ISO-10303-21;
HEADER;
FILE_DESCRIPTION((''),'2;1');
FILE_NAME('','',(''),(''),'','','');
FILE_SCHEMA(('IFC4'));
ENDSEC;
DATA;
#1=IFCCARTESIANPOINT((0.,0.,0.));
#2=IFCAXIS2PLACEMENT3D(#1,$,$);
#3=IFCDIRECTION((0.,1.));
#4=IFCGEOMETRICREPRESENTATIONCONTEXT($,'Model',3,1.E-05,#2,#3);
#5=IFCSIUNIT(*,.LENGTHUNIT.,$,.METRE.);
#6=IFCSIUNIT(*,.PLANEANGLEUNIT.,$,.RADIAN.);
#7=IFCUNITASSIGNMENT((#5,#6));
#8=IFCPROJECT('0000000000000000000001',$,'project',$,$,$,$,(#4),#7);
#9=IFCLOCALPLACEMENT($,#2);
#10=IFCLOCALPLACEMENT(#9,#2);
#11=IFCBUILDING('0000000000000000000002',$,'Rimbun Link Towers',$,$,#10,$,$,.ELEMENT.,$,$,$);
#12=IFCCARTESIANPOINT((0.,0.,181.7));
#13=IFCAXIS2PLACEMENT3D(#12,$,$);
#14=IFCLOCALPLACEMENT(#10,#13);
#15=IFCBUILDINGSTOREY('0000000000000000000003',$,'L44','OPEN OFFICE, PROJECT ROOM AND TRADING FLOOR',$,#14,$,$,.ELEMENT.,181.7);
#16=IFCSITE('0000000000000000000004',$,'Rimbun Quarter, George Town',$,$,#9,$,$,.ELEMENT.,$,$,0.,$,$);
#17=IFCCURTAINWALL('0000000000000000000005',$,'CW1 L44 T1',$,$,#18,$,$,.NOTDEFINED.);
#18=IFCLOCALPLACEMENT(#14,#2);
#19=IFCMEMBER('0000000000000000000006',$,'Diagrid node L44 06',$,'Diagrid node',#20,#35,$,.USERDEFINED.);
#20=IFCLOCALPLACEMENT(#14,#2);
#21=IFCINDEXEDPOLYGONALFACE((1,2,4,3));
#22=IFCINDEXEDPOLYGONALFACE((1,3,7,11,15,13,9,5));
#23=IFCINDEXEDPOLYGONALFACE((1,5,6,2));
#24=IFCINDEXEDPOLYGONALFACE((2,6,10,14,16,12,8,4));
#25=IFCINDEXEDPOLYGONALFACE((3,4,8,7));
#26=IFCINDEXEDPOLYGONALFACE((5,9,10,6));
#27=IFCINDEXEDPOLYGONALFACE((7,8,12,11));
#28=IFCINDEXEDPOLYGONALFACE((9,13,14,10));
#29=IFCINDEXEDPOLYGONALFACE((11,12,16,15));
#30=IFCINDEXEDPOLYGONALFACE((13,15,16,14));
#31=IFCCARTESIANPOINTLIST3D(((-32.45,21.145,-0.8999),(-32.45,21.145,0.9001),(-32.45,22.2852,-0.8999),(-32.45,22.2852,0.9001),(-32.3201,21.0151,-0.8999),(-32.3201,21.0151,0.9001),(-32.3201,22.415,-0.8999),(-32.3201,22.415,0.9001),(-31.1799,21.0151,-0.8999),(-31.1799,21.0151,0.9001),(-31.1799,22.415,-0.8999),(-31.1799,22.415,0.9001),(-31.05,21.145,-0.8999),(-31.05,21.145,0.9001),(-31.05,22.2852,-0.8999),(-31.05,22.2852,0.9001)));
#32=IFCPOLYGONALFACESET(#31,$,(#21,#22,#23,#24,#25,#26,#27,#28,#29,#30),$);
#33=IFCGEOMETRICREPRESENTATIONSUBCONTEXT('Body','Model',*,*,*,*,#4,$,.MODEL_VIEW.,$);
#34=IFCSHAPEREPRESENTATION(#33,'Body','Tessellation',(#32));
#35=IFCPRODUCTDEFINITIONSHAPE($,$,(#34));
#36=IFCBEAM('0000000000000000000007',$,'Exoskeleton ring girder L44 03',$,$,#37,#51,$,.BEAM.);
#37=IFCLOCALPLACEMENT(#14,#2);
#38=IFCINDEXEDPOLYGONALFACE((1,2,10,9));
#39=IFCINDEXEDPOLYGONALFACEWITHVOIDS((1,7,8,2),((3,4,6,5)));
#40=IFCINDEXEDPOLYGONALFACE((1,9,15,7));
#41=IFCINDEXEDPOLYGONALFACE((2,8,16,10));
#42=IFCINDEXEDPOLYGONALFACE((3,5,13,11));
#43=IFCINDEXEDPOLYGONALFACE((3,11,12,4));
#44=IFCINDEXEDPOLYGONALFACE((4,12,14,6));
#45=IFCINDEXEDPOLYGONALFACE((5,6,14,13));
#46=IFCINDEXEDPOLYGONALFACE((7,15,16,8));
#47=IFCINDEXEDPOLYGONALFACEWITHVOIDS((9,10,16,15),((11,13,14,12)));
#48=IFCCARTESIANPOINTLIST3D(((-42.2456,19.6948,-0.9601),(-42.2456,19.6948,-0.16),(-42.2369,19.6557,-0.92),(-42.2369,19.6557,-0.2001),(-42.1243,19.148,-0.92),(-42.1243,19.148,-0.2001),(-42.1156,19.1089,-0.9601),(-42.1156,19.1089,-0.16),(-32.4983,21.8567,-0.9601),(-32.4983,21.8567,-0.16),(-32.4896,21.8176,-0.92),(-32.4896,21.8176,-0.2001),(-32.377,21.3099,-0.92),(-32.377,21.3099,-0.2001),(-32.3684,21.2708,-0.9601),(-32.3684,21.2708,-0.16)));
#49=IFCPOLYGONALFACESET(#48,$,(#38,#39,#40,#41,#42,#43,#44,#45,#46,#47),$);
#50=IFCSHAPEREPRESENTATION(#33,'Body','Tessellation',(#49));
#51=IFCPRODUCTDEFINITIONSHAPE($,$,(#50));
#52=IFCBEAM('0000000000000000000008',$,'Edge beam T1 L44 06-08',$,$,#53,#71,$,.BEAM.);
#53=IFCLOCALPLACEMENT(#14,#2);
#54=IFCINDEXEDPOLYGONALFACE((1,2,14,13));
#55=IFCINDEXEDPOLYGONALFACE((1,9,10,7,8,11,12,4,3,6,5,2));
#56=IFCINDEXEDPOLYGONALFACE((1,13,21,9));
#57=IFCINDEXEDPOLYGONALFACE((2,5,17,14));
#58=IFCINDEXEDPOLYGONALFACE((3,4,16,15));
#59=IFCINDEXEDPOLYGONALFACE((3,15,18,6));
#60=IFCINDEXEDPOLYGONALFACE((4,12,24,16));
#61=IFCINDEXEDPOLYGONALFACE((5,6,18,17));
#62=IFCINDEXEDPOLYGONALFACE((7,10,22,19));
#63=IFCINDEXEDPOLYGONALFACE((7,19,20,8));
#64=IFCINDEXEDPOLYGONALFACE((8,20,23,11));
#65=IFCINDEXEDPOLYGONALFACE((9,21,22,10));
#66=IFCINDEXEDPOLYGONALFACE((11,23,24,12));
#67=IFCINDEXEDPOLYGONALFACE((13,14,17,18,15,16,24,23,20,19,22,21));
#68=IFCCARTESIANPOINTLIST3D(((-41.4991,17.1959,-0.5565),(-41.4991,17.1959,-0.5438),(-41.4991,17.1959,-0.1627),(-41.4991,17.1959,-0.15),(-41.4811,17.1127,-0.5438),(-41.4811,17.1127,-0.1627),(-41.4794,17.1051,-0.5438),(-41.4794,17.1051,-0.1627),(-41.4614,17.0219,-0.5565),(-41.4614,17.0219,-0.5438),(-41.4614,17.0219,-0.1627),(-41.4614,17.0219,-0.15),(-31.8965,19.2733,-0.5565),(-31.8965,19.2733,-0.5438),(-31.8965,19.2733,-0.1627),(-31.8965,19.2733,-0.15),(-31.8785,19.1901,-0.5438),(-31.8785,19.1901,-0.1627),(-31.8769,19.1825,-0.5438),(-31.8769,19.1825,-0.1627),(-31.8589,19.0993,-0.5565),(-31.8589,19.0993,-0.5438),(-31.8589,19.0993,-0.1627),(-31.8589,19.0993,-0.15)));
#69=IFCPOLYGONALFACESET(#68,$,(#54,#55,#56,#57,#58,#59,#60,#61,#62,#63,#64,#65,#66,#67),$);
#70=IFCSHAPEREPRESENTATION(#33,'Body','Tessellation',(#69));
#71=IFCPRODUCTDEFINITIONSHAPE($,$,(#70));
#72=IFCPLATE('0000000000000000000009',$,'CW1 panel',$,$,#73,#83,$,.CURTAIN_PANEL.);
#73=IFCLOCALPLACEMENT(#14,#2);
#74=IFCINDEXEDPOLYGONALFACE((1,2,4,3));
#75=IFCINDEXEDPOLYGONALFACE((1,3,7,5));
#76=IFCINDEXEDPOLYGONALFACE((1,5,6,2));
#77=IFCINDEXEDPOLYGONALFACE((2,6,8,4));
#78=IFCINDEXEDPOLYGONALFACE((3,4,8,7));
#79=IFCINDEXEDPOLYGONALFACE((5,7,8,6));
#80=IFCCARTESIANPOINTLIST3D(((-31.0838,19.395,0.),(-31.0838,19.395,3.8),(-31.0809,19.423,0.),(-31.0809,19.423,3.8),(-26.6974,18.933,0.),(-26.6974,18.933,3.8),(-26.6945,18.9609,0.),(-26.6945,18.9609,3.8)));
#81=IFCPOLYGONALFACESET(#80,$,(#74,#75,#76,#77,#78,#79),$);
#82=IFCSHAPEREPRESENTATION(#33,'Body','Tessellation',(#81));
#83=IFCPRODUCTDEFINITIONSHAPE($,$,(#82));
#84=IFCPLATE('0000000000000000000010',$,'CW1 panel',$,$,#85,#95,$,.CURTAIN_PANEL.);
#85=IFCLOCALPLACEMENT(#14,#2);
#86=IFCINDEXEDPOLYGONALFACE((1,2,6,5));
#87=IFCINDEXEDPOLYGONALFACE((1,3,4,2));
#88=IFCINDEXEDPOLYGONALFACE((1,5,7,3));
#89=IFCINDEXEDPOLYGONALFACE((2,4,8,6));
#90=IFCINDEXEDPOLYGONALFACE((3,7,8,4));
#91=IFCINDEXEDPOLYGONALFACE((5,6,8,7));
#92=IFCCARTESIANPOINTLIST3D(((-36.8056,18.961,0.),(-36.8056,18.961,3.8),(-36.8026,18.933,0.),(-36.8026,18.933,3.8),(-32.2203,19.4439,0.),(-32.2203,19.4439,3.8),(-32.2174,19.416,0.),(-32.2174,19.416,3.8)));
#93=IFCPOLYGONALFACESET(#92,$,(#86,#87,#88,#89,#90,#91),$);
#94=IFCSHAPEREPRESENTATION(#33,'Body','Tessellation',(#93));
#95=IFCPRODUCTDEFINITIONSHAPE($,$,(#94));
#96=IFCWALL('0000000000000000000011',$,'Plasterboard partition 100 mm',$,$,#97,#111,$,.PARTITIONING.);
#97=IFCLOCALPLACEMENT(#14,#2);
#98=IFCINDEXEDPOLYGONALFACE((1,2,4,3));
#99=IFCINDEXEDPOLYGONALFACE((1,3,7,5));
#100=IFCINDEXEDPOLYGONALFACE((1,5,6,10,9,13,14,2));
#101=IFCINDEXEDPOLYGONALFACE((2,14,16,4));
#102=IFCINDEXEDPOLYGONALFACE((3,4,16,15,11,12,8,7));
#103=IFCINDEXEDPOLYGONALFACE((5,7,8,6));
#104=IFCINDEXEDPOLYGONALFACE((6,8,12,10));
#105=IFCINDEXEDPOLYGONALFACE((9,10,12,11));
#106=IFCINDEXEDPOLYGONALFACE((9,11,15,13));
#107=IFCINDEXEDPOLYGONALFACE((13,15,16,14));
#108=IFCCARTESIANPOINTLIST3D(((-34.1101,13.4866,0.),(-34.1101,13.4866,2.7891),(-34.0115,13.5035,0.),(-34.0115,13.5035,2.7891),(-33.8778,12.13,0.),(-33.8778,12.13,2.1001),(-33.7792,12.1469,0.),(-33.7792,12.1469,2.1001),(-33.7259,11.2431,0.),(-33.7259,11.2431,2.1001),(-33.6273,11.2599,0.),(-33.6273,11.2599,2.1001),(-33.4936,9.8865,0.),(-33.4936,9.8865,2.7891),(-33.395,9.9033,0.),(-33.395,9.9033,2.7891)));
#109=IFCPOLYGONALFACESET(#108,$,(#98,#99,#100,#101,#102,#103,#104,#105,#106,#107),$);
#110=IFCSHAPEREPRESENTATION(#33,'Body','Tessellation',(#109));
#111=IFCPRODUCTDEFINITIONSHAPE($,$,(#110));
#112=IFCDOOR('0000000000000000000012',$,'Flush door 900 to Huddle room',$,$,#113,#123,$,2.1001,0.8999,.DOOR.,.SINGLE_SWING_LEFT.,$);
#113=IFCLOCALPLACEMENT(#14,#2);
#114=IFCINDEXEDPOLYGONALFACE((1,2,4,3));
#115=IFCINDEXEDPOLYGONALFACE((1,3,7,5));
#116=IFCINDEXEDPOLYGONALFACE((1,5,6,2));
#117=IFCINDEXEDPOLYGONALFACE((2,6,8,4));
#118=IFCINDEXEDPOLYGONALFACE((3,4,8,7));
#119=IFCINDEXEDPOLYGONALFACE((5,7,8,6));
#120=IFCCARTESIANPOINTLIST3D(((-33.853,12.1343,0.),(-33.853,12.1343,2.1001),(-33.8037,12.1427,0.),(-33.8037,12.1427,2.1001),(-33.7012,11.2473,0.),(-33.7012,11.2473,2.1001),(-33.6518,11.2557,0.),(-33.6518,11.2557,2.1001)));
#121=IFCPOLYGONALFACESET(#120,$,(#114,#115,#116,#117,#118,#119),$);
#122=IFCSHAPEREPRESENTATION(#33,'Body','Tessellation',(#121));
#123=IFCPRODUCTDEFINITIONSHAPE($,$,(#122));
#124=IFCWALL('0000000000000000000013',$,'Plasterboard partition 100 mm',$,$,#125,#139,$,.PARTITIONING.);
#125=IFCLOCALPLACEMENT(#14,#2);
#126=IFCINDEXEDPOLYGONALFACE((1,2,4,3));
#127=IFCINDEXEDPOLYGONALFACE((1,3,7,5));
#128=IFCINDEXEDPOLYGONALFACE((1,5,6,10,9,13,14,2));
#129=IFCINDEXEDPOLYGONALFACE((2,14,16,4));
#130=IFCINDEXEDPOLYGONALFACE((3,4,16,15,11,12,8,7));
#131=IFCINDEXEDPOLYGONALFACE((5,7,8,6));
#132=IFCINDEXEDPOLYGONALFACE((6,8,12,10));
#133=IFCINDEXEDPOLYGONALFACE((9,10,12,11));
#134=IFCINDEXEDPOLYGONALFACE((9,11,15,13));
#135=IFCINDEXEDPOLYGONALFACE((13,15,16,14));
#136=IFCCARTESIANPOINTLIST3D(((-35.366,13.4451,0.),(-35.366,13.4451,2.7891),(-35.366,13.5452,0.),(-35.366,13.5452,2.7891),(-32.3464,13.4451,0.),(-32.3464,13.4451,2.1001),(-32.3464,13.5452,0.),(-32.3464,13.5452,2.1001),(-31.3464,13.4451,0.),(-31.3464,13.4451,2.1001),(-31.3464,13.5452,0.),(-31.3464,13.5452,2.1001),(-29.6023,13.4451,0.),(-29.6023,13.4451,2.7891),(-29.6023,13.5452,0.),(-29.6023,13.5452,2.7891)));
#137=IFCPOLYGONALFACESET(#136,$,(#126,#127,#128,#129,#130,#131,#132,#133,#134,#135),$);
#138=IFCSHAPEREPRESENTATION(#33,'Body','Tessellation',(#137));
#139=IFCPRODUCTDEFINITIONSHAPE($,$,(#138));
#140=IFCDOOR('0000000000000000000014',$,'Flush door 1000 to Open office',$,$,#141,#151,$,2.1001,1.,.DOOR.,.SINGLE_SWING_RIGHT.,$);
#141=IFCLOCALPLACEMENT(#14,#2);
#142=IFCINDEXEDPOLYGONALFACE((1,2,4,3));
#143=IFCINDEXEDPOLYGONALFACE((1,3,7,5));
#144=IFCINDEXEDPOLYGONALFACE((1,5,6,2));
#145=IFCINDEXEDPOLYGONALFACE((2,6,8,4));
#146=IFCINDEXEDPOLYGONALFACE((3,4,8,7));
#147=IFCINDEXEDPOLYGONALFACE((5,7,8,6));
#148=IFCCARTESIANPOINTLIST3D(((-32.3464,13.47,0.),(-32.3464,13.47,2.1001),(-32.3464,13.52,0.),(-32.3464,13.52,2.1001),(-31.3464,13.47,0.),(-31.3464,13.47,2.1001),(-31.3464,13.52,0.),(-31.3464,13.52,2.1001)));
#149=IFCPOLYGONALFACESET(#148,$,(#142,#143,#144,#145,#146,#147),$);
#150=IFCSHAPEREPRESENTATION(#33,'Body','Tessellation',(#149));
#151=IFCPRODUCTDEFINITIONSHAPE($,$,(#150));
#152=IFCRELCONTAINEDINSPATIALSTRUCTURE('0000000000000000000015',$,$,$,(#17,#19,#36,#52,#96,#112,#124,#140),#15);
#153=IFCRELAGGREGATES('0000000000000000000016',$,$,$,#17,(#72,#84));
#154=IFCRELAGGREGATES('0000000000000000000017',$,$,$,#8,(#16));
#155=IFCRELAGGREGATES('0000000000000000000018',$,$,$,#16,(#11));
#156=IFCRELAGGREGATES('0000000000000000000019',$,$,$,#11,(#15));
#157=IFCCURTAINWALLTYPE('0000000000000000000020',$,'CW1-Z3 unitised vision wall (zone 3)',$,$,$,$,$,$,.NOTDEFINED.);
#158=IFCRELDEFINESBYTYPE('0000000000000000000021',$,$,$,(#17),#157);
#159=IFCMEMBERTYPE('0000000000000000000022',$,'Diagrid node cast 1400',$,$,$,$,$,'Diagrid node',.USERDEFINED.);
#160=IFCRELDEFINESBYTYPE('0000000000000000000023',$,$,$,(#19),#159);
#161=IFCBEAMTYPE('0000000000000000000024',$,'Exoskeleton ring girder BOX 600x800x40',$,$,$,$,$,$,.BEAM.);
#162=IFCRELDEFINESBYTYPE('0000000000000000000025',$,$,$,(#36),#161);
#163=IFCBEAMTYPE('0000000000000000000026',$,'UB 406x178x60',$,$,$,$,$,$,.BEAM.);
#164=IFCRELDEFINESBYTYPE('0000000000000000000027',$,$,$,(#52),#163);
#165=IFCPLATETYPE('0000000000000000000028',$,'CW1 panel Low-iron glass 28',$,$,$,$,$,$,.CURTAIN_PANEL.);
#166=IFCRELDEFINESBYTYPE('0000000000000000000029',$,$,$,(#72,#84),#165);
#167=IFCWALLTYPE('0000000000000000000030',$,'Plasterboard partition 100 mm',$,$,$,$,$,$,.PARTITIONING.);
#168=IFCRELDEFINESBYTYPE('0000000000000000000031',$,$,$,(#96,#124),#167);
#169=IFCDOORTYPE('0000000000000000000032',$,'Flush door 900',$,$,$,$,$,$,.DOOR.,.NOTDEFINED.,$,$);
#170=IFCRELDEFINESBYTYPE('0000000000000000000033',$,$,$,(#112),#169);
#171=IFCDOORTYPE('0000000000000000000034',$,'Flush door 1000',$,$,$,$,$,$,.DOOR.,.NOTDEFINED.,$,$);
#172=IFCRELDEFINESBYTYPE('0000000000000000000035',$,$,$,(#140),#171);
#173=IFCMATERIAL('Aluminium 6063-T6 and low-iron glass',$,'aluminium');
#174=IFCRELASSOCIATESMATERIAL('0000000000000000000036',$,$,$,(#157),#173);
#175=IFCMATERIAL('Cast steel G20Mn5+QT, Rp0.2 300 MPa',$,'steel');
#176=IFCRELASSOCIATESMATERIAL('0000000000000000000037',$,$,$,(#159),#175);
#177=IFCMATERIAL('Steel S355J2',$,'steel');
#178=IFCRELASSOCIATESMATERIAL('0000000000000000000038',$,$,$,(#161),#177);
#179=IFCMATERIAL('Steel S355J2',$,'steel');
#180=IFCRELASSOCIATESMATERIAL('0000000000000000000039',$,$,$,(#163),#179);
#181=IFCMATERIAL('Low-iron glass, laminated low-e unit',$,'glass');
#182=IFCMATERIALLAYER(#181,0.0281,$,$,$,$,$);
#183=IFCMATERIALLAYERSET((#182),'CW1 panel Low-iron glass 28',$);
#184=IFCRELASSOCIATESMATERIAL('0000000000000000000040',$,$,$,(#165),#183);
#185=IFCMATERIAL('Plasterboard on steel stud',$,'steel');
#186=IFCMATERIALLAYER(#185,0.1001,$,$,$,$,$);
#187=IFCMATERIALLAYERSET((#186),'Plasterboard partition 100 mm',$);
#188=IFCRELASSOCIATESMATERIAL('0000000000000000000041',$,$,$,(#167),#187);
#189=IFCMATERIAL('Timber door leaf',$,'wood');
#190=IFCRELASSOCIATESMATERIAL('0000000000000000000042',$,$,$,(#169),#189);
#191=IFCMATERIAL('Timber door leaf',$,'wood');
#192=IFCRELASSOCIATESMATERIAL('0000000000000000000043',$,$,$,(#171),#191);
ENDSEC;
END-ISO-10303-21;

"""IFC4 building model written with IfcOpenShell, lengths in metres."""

from ifc_helpers import new_model, si_unit, direction, frame, frame_2d, origin, origin_2d, place, context, subcontext, project, spatial, polyline, rectangle, hollow_rectangle, i_section, outline, extrude, material, layer, layer_set, material_profile, profile_set, type_object, element, fill, aggregate, save


model = new_model("IFC4")

# Units and contexts
model_context = context("Model", 3, precision=1e-05, world=origin(), true_north=direction((0.0, 1.0)))
body_context = subcontext(model_context, "Body", "Model", "MODEL_VIEW")
ifc_project = project(units=[si_unit("LENGTHUNIT", "METRE"), si_unit("PLANEANGLEUNIT", "RADIAN")], contexts=[model_context])

# Site, building, storey
site_placement = place(None, origin())
site = spatial("IfcSite", under=ifc_project, at=site_placement, Name="Rimbun Quarter, George Town", CompositionType="ELEMENT", RefElevation=0.0)
building_placement = place(site_placement, origin())
building = spatial("IfcBuilding", under=site, at=building_placement, Name="Rimbun Link Towers", CompositionType="ELEMENT")
storey_placement = place(building_placement, frame((0.0, 0.0, 181.7)))
storey = spatial("IfcBuildingStorey", under=building, at=storey_placement, Name="L44", Description="OPEN OFFICE, PROJECT ROOM AND TRADING FLOOR", CompositionType="ELEMENT", Elevation=181.7)

# Curtain wall
ifc_material_1 = material(Name="Aluminium 6063-T6 and low-iron glass", Category="aluminium")
curtain_wall_type = type_object("IfcCurtainWallType", Name="CW1-Z3 unitised vision wall (zone 3)", PredefinedType="NOTDEFINED", material=ifc_material_1)
curtain_wall_placement = place(storey_placement, origin())
curtain_wall = element("IfcCurtainWall", 1, at=curtain_wall_placement, inside=storey, type_object=curtain_wall_type, Name="CW1 L44 T1", PredefinedType="NOTDEFINED")

# Member
ifc_material_2 = material(Name="Cast steel G20Mn5+QT, Rp0.2 300 MPa", Category="steel")
ifc_material_profile_1 = material_profile(ifc_material_2, outline(polyline([(0.7, -0.5701), (0.7, 0.5701), (0.5701, 0.7), (-0.5701, 0.7), (-0.7, 0.5701), (-0.7, -0.5701), (-0.5701, -0.7), (0.5701, -0.7), (0.7, -0.5701)])), Name="NODE 1400x1400")
ifc_profile_set_1 = profile_set([ifc_material_profile_1], Name="Cast steel G20Mn5+QT, Rp0.2 300 MPa")
member_type_1 = type_object("IfcMemberType", Name="Diagrid node cast 1400", ElementType="Diagrid node", PredefinedType="USERDEFINED", material=ifc_profile_set_1)
member_1_placement = place(storey_placement, frame((-31.75, 21.7151, -0.8999), z_axis=(0.0, 0.0, 1.0), x_axis=(0.0, 1.0, 0.0)))
element("IfcMember", 2, at=member_1_placement, inside=storey, type_object=member_type_1, Name="Diagrid node L44 06", ObjectType="Diagrid node", PredefinedType="USERDEFINED", context=body_context, shape_type="SweptSolid", body=[
    extrude(outline(polyline([(0.7, -0.5701), (0.7, 0.5701), (0.5701, 0.7), (-0.5701, 0.7), (-0.7, 0.5701), (-0.7, -0.5701), (-0.5701, -0.7), (0.5701, -0.7), (0.7, -0.5701)])), origin(), (0.0, 0.0, 1.0), 1.8),
])

# Beams
ifc_material_3 = material(Name="Steel S355J2", Category="steel")
ifc_material_profile_2 = material_profile(ifc_material_3, hollow_rectangle(XDim=0.6001, YDim=0.8, WallThickness=0.04, at=origin_2d()), Name="Exoskeleton ring girder BOX 600x800x40")
ifc_profile_set_2 = profile_set([ifc_material_profile_2], Name="Steel S355J2")
beam_type_1 = type_object("IfcBeamType", Name="Exoskeleton ring girder BOX 600x800x40", PredefinedType="BEAM", material=ifc_profile_set_2)
beam_1_placement = place(storey_placement, frame((-32.4333, 21.5637, -0.5601), z_axis=(-0.976276, -0.216529, 0.0), x_axis=(0.216529, -0.976276, 0.0)))
element("IfcBeam", 3, at=beam_1_placement, inside=storey, type_object=beam_type_1, Name="Exoskeleton ring girder L44 03", PredefinedType="BEAM", context=body_context, shape_type="SweptSolid", body=[
    extrude(hollow_rectangle(XDim=0.6001, YDim=0.8, WallThickness=0.04, at=origin_2d()), origin(), (0.0, 0.0, 1.0), 9.9841),
])
ifc_material_4 = material(Name="Steel S355J2", Category="steel")
ifc_material_profile_3 = material_profile(ifc_material_4, i_section(OverallWidth=0.178, OverallDepth=0.4065, WebThickness=0.0078, FlangeThickness=0.0127, at=origin_2d()), Name="UB 406x178x60")
ifc_profile_set_3 = profile_set([ifc_material_profile_3], Name="Steel S355J2")
beam_type_2 = type_object("IfcBeamType", Name="UB 406x178x60", PredefinedType="BEAM", material=ifc_profile_set_3)
beam_2_placement = place(storey_placement, frame((-31.8777, 19.1863, -0.3533), z_axis=(-0.97739, -0.211446, 0.0), x_axis=(0.211446, -0.97739, 0.0)))
element("IfcBeam", 4, at=beam_2_placement, inside=storey, type_object=beam_type_2, Name="Edge beam T1 L44 06-08", PredefinedType="BEAM", context=body_context, shape_type="SweptSolid", body=[
    extrude(i_section(OverallWidth=0.178, OverallDepth=0.4065, WebThickness=0.0078, FlangeThickness=0.0127, at=origin_2d()), origin(), (0.0, 0.0, 1.0), 9.8247),
])

# Plates
ifc_material_5 = material(Name="Low-iron glass, laminated low-e unit", Category="glass")
ifc_layer_1 = layer(ifc_material_5, 0.0281)
ifc_layer_set_1 = layer_set([ifc_layer_1], Name="CW1 panel Low-iron glass 28")
plate_type = type_object("IfcPlateType", Name="CW1 panel Low-iron glass 28", PredefinedType="CURTAIN_PANEL", material=ifc_layer_set_1)
plate_1_placement = place(storey_placement, frame((-28.8892, 19.178, 0.0), z_axis=(0.0, 0.0, 1.0), x_axis=(0.994498, -0.104753, 0.0)))
plate_1 = element("IfcPlate", 5, at=plate_1_placement, type_object=plate_type, Name="CW1 panel", PredefinedType="CURTAIN_PANEL", context=body_context, shape_type="SweptSolid", body=[
    extrude(rectangle(XDim=4.4106, YDim=0.0281, at=origin_2d()), origin(), (0.0, 0.0, 1.0), 3.8),
])
plate_2_placement = place(storey_placement, frame((-34.5115, 19.1885, 0.0), z_axis=(0.0, 0.0, 1.0), x_axis=(0.994498, 0.104753, 0.0)))
plate_2 = element("IfcPlate", 6, at=plate_2_placement, type_object=plate_type, Name="CW1 panel", PredefinedType="CURTAIN_PANEL", context=body_context, shape_type="SweptSolid", body=[
    extrude(rectangle(XDim=4.6106, YDim=0.0281, at=origin_2d()), origin(), (0.0, 0.0, 1.0), 3.8),
])
aggregate(curtain_wall, [plate_1, plate_2])

# Walls, openings, doors
ifc_material_6 = material(Name="Plasterboard on steel stud", Category="steel")
ifc_layer_2 = layer(ifc_material_6, 0.1001)
ifc_layer_set_2 = layer_set([ifc_layer_2], Name="Plasterboard partition 100 mm")
wall_type = type_object("IfcWallType", Name="Plasterboard partition 100 mm", PredefinedType="PARTITIONING", material=ifc_layer_set_2)
wall_1_placement = place(storey_placement, frame((-33.4443, 9.895, 0.0), z_axis=(0.0, 0.0, 1.0), x_axis=(-0.168776, 0.985654, 0.0)))
wall_1 = element("IfcWall", 7, at=wall_1_placement, inside=storey, type_object=wall_type, Name="Plasterboard partition 100 mm", PredefinedType="PARTITIONING", context=body_context, shape_type="SweptSolid", body=[
    extrude(rectangle(XDim=3.6526, YDim=0.1001, at=frame_2d((1.8262, 0.0))), origin(), (0.0, 0.0, 1.0), 2.7891),
])
opening_1_placement = place(wall_1_placement, frame((1.3762, 0.0, 0.0)))
opening_1 = element("IfcOpeningElement", 8, at=opening_1_placement, cuts=wall_1, PredefinedType="OPENING", context=body_context, shape_type="SweptSolid", body=[
    extrude(rectangle(XDim=0.8999, YDim=2.1001, at=frame_2d((0.45, 1.05))), frame((0.0, 0.0601, 0.0), z_axis=(0.0, -1.0, 0.0), x_axis=(1.0, 0.0, 0.0)), (0.0, 0.0, 1.0), 0.1201),
])
ifc_material_7 = material(Name="Timber door leaf", Category="wood")
door_type_1 = type_object("IfcDoorType", Name="Flush door 900", OperationType="NOTDEFINED", PredefinedType="DOOR", material=ifc_material_7)
door_1_placement = place(opening_1_placement, origin())
door_1 = element("IfcDoor", 9, at=door_1_placement, inside=storey, type_object=door_type_1, Name="Flush door 900 to Huddle room", OperationType="SINGLE_SWING_LEFT", OverallHeight=2.1001, OverallWidth=0.8999, PredefinedType="DOOR", context=body_context, shape_type="SweptSolid", body=[
    extrude(rectangle(XDim=0.8999, YDim=2.1001, at=frame_2d((0.45, 1.05))), frame((0.0, 0.0249, 0.0), z_axis=(0.0, -1.0, 0.0), x_axis=(1.0, 0.0, 0.0)), (0.0, 0.0, 1.0), 0.05),
])
fill(opening_1, door_1)
wall_2_placement = place(storey_placement, frame((-35.366, 13.4951, 0.0), z_axis=(0.0, 0.0, 1.0), x_axis=(1.0, 0.0, 0.0)))
wall_2 = element("IfcWall", 10, at=wall_2_placement, inside=storey, type_object=wall_type, Name="Plasterboard partition 100 mm", PredefinedType="PARTITIONING", context=body_context, shape_type="SweptSolid", body=[
    extrude(rectangle(XDim=5.7637, YDim=0.1001, at=frame_2d((2.8818, 0.0))), origin(), (0.0, 0.0, 1.0), 2.7891),
])
opening_2_placement = place(wall_2_placement, frame((3.0195, 0.0, 0.0)))
opening_2 = element("IfcOpeningElement", 11, at=opening_2_placement, cuts=wall_2, PredefinedType="OPENING", context=body_context, shape_type="SweptSolid", body=[
    extrude(rectangle(XDim=1.0, YDim=2.1001, at=frame_2d((0.5, 1.05))), frame((0.0, 0.0601, 0.0), z_axis=(0.0, -1.0, 0.0), x_axis=(1.0, 0.0, 0.0)), (0.0, 0.0, 1.0), 0.1201),
])
ifc_material_8 = material(Name="Timber door leaf", Category="wood")
door_type_2 = type_object("IfcDoorType", Name="Flush door 1000", OperationType="NOTDEFINED", PredefinedType="DOOR", material=ifc_material_8)
door_2_placement = place(opening_2_placement, origin())
door_2 = element("IfcDoor", 12, at=door_2_placement, inside=storey, type_object=door_type_2, Name="Flush door 1000 to Open office", OperationType="SINGLE_SWING_RIGHT", OverallHeight=2.1001, OverallWidth=1.0, PredefinedType="DOOR", context=body_context, shape_type="SweptSolid", body=[
    extrude(rectangle(XDim=1.0, YDim=2.1001, at=frame_2d((0.5, 1.05))), frame((0.0, 0.0249, 0.0), z_axis=(0.0, -1.0, 0.0), x_axis=(1.0, 0.0, 0.0)), (0.0, 0.0, 1.0), 0.05),
])
fill(opening_2, door_2)

save(model, "model.ifc")
